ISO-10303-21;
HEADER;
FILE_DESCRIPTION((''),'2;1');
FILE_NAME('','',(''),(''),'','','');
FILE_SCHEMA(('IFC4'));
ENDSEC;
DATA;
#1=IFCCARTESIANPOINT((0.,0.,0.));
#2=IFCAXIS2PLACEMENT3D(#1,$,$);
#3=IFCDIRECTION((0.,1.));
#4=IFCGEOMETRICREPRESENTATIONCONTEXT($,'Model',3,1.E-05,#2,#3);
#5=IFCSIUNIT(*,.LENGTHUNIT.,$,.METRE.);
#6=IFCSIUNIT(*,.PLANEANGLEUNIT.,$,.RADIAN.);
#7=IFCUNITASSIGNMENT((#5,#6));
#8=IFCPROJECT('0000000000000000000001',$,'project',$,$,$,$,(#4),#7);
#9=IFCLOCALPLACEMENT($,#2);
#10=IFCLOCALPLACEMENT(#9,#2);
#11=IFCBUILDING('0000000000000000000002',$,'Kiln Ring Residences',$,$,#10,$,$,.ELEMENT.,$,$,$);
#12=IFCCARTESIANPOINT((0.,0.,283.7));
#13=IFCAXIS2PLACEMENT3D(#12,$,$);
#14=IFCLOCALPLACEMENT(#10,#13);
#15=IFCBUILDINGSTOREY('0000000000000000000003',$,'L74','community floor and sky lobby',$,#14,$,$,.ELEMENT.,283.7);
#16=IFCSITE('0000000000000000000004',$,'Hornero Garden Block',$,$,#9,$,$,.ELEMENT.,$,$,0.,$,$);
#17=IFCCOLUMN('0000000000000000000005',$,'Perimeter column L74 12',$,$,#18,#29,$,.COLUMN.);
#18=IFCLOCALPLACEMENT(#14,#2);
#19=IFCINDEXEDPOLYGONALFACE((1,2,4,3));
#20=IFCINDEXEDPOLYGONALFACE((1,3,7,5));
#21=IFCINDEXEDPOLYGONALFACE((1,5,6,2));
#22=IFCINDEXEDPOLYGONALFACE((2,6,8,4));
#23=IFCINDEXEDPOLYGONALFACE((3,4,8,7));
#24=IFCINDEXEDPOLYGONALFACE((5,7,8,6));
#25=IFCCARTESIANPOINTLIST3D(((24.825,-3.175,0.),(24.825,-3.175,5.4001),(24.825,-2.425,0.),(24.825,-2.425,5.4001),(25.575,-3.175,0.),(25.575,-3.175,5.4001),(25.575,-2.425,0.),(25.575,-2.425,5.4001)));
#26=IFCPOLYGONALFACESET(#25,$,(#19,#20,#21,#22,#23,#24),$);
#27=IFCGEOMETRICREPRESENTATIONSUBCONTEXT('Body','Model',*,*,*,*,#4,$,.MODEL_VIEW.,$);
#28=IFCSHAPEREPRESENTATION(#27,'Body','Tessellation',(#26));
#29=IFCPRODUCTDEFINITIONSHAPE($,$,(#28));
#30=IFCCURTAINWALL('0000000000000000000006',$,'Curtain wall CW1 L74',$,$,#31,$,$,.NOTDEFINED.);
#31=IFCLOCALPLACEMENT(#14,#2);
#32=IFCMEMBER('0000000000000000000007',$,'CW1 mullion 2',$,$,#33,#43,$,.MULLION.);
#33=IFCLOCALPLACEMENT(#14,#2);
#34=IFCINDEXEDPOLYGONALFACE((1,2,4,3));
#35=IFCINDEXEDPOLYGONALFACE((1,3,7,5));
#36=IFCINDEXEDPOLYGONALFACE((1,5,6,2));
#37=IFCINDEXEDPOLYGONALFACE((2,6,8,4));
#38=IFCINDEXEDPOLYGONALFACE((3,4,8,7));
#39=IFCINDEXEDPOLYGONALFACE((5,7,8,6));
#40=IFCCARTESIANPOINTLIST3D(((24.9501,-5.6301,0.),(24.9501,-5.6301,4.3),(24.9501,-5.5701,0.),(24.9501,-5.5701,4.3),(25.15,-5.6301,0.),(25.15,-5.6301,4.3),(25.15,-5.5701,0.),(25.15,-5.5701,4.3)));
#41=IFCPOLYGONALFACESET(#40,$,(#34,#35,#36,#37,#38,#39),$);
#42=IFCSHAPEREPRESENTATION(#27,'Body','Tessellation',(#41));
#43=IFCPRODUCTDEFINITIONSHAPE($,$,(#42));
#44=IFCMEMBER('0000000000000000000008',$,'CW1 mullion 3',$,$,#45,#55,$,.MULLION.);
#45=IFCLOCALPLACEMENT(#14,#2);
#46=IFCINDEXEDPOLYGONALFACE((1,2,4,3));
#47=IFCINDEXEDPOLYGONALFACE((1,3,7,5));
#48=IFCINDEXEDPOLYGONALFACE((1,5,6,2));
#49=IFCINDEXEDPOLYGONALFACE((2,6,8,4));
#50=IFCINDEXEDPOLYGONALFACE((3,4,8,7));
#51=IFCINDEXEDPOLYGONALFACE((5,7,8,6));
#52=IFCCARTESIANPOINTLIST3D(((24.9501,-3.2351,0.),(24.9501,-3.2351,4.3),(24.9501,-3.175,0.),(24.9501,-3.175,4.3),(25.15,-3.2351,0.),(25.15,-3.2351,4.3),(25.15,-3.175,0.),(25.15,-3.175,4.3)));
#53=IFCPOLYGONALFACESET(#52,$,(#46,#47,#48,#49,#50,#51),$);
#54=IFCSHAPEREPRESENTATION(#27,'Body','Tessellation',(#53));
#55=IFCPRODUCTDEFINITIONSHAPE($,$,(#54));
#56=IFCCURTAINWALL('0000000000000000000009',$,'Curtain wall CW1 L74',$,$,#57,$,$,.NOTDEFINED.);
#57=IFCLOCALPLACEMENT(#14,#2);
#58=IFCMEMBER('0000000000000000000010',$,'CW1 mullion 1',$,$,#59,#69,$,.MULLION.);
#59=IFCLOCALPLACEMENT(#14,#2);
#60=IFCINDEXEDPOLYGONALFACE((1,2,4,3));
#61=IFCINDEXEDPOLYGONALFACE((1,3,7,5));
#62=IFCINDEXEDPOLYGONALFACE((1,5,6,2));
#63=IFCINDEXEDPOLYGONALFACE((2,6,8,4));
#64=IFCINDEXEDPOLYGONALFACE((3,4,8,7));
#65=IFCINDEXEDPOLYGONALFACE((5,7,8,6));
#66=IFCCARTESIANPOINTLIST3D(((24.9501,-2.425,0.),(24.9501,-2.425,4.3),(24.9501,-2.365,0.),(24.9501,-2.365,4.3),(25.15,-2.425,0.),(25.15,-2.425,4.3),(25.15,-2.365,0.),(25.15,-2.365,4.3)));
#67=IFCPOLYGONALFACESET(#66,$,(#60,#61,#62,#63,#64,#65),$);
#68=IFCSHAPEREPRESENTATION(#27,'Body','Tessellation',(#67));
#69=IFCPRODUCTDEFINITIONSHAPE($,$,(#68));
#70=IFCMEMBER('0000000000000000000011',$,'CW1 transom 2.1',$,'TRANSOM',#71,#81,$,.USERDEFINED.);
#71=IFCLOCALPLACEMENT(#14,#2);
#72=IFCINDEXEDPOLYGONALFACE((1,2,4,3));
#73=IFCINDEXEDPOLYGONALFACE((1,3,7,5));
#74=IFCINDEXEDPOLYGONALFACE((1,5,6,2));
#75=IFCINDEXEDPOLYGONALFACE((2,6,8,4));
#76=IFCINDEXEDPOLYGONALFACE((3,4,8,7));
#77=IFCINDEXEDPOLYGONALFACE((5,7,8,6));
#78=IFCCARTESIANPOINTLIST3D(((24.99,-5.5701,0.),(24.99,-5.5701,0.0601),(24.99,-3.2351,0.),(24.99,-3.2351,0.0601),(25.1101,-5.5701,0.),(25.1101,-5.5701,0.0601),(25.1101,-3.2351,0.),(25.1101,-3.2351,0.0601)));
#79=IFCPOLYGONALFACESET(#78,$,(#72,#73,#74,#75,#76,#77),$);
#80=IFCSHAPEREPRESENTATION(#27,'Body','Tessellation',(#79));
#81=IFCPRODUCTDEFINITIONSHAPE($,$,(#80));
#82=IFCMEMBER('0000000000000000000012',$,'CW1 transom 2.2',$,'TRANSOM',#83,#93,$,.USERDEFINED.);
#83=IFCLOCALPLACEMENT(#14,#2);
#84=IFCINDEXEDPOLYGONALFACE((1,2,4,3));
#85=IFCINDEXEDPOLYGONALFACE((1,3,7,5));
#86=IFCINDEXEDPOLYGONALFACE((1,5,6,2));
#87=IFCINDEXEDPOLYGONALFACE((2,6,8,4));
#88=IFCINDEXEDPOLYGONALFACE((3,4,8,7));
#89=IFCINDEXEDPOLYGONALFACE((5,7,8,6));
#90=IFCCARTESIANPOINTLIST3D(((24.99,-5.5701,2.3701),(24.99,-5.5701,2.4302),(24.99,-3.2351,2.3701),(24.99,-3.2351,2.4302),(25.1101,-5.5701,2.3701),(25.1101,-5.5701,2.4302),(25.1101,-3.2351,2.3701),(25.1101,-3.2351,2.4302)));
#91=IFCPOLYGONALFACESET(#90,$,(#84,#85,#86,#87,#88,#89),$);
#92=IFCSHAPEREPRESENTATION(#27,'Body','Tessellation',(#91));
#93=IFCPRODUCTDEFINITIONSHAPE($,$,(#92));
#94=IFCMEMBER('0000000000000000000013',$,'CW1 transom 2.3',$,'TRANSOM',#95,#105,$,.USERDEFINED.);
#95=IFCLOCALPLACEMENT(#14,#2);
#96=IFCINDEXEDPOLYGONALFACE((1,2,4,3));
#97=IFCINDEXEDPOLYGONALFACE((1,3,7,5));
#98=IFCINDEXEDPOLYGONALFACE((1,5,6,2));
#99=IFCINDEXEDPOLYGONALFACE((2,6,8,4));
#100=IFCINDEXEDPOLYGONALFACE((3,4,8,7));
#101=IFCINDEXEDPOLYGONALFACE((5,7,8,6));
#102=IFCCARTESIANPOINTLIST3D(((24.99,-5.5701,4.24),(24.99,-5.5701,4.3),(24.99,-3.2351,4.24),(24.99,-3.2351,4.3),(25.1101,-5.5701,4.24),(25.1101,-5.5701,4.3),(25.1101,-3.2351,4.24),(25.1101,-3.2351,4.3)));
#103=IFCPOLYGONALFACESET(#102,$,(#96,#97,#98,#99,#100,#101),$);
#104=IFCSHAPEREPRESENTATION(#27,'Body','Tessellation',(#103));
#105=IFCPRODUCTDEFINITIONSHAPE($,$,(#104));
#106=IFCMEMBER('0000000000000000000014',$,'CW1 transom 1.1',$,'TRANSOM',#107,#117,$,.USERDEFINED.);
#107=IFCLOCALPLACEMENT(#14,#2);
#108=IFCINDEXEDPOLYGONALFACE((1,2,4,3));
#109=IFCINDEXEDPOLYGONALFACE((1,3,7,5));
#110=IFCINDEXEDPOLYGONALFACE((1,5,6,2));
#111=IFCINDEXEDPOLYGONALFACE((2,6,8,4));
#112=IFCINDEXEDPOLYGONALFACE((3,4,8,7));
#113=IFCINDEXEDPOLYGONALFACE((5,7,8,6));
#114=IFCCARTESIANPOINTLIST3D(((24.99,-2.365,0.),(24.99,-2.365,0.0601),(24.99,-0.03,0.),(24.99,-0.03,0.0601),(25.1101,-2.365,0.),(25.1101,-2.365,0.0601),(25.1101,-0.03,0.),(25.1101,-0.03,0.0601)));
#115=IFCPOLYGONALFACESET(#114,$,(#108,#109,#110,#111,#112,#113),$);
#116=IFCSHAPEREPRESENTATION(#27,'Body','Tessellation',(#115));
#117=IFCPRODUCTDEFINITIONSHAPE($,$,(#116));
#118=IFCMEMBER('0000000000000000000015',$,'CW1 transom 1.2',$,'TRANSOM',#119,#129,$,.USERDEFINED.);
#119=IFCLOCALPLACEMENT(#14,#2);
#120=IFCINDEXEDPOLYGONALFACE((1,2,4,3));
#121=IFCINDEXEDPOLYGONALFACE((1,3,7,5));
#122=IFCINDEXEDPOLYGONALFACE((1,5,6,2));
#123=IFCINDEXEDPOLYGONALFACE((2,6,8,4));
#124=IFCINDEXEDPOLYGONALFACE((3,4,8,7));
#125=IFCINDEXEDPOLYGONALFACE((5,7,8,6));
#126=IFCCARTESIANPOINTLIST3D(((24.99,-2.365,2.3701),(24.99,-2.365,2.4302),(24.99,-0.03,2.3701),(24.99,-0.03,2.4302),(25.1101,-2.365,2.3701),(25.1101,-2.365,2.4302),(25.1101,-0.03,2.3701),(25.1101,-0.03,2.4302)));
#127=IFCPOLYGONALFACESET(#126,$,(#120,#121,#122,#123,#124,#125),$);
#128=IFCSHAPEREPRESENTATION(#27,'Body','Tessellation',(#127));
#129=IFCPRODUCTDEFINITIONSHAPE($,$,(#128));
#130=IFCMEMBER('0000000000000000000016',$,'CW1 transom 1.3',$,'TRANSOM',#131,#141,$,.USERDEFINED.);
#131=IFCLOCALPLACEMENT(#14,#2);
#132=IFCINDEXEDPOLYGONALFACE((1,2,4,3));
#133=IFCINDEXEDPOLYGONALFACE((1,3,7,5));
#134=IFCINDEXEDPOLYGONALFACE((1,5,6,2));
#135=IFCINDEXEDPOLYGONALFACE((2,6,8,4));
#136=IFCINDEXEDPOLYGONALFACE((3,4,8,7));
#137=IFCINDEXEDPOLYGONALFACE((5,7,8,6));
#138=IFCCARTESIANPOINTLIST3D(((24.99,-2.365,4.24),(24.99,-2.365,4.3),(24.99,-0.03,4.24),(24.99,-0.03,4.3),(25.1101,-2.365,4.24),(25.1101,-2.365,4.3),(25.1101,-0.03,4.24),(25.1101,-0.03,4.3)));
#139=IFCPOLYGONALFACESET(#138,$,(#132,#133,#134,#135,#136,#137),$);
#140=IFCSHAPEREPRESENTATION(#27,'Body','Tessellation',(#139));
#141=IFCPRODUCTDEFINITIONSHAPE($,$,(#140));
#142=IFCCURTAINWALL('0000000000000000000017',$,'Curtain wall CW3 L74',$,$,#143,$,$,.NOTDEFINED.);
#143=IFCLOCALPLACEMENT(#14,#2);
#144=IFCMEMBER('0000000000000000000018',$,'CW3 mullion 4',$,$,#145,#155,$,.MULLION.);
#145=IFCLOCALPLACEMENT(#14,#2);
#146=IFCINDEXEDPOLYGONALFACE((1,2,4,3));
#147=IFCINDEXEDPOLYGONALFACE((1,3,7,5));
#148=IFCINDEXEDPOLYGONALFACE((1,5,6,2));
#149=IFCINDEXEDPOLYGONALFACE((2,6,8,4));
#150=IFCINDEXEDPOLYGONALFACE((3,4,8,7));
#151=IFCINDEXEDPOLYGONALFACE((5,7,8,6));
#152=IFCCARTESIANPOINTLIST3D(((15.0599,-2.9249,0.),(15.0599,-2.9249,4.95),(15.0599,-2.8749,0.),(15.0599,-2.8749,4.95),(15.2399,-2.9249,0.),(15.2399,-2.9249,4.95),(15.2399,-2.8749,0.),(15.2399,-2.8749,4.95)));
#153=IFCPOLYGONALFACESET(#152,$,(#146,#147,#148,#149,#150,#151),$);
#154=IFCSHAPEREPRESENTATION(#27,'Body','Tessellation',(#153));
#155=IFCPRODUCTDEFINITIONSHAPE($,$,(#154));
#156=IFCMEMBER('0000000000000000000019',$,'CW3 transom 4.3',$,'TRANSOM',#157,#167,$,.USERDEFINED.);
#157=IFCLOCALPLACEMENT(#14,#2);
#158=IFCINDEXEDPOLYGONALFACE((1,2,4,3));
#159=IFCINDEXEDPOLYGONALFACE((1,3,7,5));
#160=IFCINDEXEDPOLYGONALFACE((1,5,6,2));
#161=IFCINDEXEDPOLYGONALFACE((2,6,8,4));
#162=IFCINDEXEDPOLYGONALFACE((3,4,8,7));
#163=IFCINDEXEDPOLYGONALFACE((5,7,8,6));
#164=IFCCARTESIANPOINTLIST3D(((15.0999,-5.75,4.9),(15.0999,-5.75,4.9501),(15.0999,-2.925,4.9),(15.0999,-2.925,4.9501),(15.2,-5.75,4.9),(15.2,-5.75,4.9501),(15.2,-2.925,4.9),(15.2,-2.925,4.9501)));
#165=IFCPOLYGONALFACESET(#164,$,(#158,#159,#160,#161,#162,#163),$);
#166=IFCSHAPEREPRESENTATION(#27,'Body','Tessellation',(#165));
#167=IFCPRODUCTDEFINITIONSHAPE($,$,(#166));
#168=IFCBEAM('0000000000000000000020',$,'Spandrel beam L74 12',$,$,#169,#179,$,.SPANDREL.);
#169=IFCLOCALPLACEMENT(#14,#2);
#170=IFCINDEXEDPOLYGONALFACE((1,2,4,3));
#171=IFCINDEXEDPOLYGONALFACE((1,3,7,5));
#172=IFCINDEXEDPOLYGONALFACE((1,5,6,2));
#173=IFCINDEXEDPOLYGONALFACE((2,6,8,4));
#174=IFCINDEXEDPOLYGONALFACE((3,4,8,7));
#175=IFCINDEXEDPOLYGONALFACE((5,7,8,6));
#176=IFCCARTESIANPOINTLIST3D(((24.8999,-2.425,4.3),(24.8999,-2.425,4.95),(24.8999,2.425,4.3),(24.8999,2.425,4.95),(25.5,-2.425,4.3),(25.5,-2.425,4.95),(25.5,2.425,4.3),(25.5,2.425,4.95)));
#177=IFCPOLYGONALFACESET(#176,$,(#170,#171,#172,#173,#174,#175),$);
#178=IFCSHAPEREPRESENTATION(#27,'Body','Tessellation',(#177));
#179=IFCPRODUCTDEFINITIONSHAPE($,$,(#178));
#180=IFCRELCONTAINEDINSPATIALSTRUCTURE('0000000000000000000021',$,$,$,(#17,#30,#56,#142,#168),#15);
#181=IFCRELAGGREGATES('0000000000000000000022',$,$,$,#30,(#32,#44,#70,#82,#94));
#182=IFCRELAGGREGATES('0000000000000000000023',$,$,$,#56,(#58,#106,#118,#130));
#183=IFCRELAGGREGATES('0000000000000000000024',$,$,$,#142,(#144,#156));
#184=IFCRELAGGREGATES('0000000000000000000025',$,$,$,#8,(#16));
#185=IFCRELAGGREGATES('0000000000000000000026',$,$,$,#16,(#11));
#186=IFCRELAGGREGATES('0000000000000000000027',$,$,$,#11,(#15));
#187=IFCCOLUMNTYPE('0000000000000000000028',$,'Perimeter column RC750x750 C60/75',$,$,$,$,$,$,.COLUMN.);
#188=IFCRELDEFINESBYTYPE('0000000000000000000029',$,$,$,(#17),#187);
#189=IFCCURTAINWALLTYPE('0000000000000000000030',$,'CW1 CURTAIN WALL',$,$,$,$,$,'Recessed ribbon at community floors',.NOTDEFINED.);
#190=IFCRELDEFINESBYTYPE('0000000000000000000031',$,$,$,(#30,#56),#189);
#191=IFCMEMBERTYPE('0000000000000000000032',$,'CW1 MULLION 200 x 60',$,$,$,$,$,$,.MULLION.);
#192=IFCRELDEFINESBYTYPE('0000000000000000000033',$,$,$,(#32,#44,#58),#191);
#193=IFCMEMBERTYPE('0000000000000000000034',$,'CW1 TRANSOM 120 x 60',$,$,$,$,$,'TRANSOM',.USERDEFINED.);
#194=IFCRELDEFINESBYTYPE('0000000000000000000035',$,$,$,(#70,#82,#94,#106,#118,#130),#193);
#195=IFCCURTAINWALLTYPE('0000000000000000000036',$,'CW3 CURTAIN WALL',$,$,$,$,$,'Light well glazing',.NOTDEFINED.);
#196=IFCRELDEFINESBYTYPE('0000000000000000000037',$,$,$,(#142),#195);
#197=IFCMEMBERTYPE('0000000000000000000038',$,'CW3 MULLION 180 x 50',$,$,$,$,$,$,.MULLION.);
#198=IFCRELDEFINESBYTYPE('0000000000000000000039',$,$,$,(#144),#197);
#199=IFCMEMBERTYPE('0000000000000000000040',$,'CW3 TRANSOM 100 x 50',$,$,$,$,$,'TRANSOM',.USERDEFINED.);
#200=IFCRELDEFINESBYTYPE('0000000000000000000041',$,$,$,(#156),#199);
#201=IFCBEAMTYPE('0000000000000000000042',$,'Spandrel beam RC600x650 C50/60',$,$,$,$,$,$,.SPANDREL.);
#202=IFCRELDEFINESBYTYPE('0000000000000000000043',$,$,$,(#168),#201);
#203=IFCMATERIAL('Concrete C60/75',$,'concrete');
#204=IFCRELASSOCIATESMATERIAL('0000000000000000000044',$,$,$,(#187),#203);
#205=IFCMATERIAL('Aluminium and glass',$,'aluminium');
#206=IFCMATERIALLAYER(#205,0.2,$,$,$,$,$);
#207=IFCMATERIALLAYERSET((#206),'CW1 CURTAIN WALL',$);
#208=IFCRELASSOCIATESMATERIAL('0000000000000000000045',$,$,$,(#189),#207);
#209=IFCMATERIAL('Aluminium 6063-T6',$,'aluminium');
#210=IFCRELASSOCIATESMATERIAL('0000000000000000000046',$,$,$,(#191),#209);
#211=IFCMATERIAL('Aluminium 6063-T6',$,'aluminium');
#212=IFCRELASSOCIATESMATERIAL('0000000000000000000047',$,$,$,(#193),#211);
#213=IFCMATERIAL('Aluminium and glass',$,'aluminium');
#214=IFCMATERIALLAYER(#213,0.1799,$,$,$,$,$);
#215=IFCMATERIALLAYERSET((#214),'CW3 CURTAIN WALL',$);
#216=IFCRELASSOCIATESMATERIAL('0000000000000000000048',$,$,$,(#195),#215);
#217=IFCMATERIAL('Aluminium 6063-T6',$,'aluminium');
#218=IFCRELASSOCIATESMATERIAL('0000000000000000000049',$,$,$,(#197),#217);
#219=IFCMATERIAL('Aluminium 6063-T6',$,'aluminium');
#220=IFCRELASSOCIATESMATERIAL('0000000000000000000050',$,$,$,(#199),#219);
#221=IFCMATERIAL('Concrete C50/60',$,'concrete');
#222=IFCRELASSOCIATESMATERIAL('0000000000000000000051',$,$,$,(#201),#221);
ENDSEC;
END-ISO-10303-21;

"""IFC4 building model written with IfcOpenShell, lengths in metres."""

from ifc_helpers import new_model, si_unit, direction, frame, origin, origin_2d, place, context, subcontext, project, spatial, rectangle, extrude, material, layer, layer_set, material_profile, profile_set, type_object, element, aggregate, save


model = new_model("IFC4")

# Units and contexts
model_context = context("Model", 3, precision=1e-05, world=origin(), true_north=direction((0.0, 1.0)))
body_context = subcontext(model_context, "Body", "Model", "MODEL_VIEW")
ifc_project = project(units=[si_unit("LENGTHUNIT", "METRE"), si_unit("PLANEANGLEUNIT", "RADIAN")], contexts=[model_context])

# Site, building, storey
site_placement = place(None, origin())
site = spatial("IfcSite", under=ifc_project, at=site_placement, Name="Hornero Garden Block", CompositionType="ELEMENT", RefElevation=0.0)
building_placement = place(site_placement, origin())
building = spatial("IfcBuilding", under=site, at=building_placement, Name="Kiln Ring Residences", CompositionType="ELEMENT")
storey_placement = place(building_placement, frame((0.0, 0.0, 283.7)))
storey = spatial("IfcBuildingStorey", under=building, at=storey_placement, Name="L74", Description="community floor and sky lobby", CompositionType="ELEMENT", Elevation=283.7)

# Column
ifc_material_1 = material(Name="Concrete C60/75", Category="concrete")
ifc_material_profile_1 = material_profile(ifc_material_1, rectangle(XDim=0.75, YDim=0.75, at=origin_2d()), Name="RC750x750")
ifc_profile_set_1 = profile_set([ifc_material_profile_1], Name="Concrete C60/75")
column_type = type_object("IfcColumnType", Name="Perimeter column RC750x750 C60/75", PredefinedType="COLUMN", material=ifc_profile_set_1)
column_placement = place(storey_placement, frame((25.2, -2.8, 0.0), z_axis=(0.0, 0.0, 1.0), x_axis=(1.0, 0.0, 0.0)))
element("IfcColumn", 1, at=column_placement, inside=storey, type_object=column_type, Name="Perimeter column L74 12", PredefinedType="COLUMN", context=body_context, shape_type="SweptSolid", body=[
    extrude(rectangle(XDim=0.75, YDim=0.75, at=origin_2d()), origin(), (0.0, 0.0, 1.0), 5.4001),
])

# Curtain wall, members
ifc_material_2 = material(Name="Aluminium and glass", Category="aluminium")
ifc_layer_1 = layer(ifc_material_2, 0.2)
ifc_layer_set_1 = layer_set([ifc_layer_1], Name="CW1 CURTAIN WALL")
curtain_wall_type_1 = type_object("IfcCurtainWallType", Name="CW1 CURTAIN WALL", ElementType="Recessed ribbon at community floors", PredefinedType="NOTDEFINED", material=ifc_layer_set_1)
placement = place(storey_placement, origin())
curtain_wall_1 = element("IfcCurtainWall", 2, at=placement, inside=storey, type_object=curtain_wall_type_1, Name="Curtain wall CW1 L74", PredefinedType="NOTDEFINED")
ifc_material_3 = material(Name="Aluminium 6063-T6", Category="aluminium")
ifc_material_profile_2 = material_profile(ifc_material_3, rectangle(XDim=0.2, YDim=0.0601, at=origin_2d()), Name="AL 200x60")
ifc_profile_set_2 = profile_set([ifc_material_profile_2], Name="Aluminium 6063-T6")
member_type_1 = type_object("IfcMemberType", Name="CW1 MULLION 200 x 60", PredefinedType="MULLION", material=ifc_profile_set_2)
member_1_placement = place(storey_placement, frame((25.05, -5.6001, 0.0), z_axis=(0.0, 0.0, 1.0), x_axis=(-1.0, 0.0, 0.0)))
member_1 = element("IfcMember", 3, at=member_1_placement, type_object=member_type_1, Name="CW1 mullion 2", PredefinedType="MULLION", context=body_context, shape_type="SweptSolid", body=[
    extrude(rectangle(XDim=0.2, YDim=0.0601, at=origin_2d()), origin(), (0.0, 0.0, 1.0), 4.3),
])
member_2_placement = place(storey_placement, frame((25.05, -3.2051, 0.0), z_axis=(0.0, 0.0, 1.0), x_axis=(-1.0, 0.0, 0.0)))
member_2 = element("IfcMember", 4, at=member_2_placement, type_object=member_type_1, Name="CW1 mullion 3", PredefinedType="MULLION", context=body_context, shape_type="SweptSolid", body=[
    extrude(rectangle(XDim=0.2, YDim=0.0601, at=origin_2d()), origin(), (0.0, 0.0, 1.0), 4.3),
])

# Curtain wall, member
curtain_wall_2 = element("IfcCurtainWall", 5, at=placement, inside=storey, type_object=curtain_wall_type_1, Name="Curtain wall CW1 L74", PredefinedType="NOTDEFINED")
member_3_placement = place(storey_placement, frame((25.05, -2.395, 0.0), z_axis=(0.0, 0.0, 1.0), x_axis=(-1.0, 0.0, 0.0)))
member_3 = element("IfcMember", 6, at=member_3_placement, type_object=member_type_1, Name="CW1 mullion 1", PredefinedType="MULLION", context=body_context, shape_type="SweptSolid", body=[
    extrude(rectangle(XDim=0.2, YDim=0.0601, at=origin_2d()), origin(), (0.0, 0.0, 1.0), 4.3),
])

# Members
ifc_material_4 = material(Name="Aluminium 6063-T6", Category="aluminium")
ifc_material_profile_3 = material_profile(ifc_material_4, rectangle(XDim=0.1201, YDim=0.0601, at=origin_2d()), Name="AL 120x60")
ifc_profile_set_3 = profile_set([ifc_material_profile_3], Name="Aluminium 6063-T6")
member_type_2 = type_object("IfcMemberType", Name="CW1 TRANSOM 120 x 60", ElementType="TRANSOM", PredefinedType="USERDEFINED", material=ifc_profile_set_3)
member_4_placement = place(storey_placement, frame((25.05, -5.5701, 0.03), z_axis=(0.0, 1.0, 0.0), x_axis=(-1.0, 0.0, 0.0)))
member_4 = element("IfcMember", 7, at=member_4_placement, type_object=member_type_2, Name="CW1 transom 2.1", ObjectType="TRANSOM", PredefinedType="USERDEFINED", context=body_context, shape_type="SweptSolid", body=[
    extrude(rectangle(XDim=0.1201, YDim=0.0601, at=origin_2d()), origin(), (0.0, 0.0, 1.0), 2.335),
])
member_5_placement = place(storey_placement, frame((25.05, -5.5701, 2.4001), z_axis=(0.0, 1.0, 0.0), x_axis=(-1.0, 0.0, 0.0)))
member_5 = element("IfcMember", 8, at=member_5_placement, type_object=member_type_2, Name="CW1 transom 2.2", ObjectType="TRANSOM", PredefinedType="USERDEFINED", context=body_context, shape_type="SweptSolid", body=[
    extrude(rectangle(XDim=0.1201, YDim=0.0601, at=origin_2d()), origin(), (0.0, 0.0, 1.0), 2.335),
])
member_6_placement = place(storey_placement, frame((25.05, -5.5701, 4.27), z_axis=(0.0, 1.0, 0.0), x_axis=(-1.0, 0.0, 0.0)))
member_6 = element("IfcMember", 9, at=member_6_placement, type_object=member_type_2, Name="CW1 transom 2.3", ObjectType="TRANSOM", PredefinedType="USERDEFINED", context=body_context, shape_type="SweptSolid", body=[
    extrude(rectangle(XDim=0.1201, YDim=0.0601, at=origin_2d()), origin(), (0.0, 0.0, 1.0), 2.335),
])
member_7_placement = place(storey_placement, frame((25.05, -2.365, 0.03), z_axis=(0.0, 1.0, 0.0), x_axis=(-1.0, 0.0, 0.0)))
member_7 = element("IfcMember", 10, at=member_7_placement, type_object=member_type_2, Name="CW1 transom 1.1", ObjectType="TRANSOM", PredefinedType="USERDEFINED", context=body_context, shape_type="SweptSolid", body=[
    extrude(rectangle(XDim=0.1201, YDim=0.0601, at=origin_2d()), origin(), (0.0, 0.0, 1.0), 2.335),
])
member_8_placement = place(storey_placement, frame((25.05, -2.365, 2.4001), z_axis=(0.0, 1.0, 0.0), x_axis=(-1.0, 0.0, 0.0)))
member_8 = element("IfcMember", 11, at=member_8_placement, type_object=member_type_2, Name="CW1 transom 1.2", ObjectType="TRANSOM", PredefinedType="USERDEFINED", context=body_context, shape_type="SweptSolid", body=[
    extrude(rectangle(XDim=0.1201, YDim=0.0601, at=origin_2d()), origin(), (0.0, 0.0, 1.0), 2.335),
])
member_9_placement = place(storey_placement, frame((25.05, -2.365, 4.27), z_axis=(0.0, 1.0, 0.0), x_axis=(-1.0, 0.0, 0.0)))
member_9 = element("IfcMember", 12, at=member_9_placement, type_object=member_type_2, Name="CW1 transom 1.3", ObjectType="TRANSOM", PredefinedType="USERDEFINED", context=body_context, shape_type="SweptSolid", body=[
    extrude(rectangle(XDim=0.1201, YDim=0.0601, at=origin_2d()), origin(), (0.0, 0.0, 1.0), 2.335),
])

# Curtain wall, members
ifc_material_5 = material(Name="Aluminium and glass", Category="aluminium")
ifc_layer_2 = layer(ifc_material_5, 0.1799)
ifc_layer_set_2 = layer_set([ifc_layer_2], Name="CW3 CURTAIN WALL")
curtain_wall_type_2 = type_object("IfcCurtainWallType", Name="CW3 CURTAIN WALL", ElementType="Light well glazing", PredefinedType="NOTDEFINED", material=ifc_layer_set_2)
curtain_wall_3 = element("IfcCurtainWall", 13, at=placement, inside=storey, type_object=curtain_wall_type_2, Name="Curtain wall CW3 L74", PredefinedType="NOTDEFINED")
ifc_material_6 = material(Name="Aluminium 6063-T6", Category="aluminium")
ifc_material_profile_4 = material_profile(ifc_material_6, rectangle(XDim=0.1799, YDim=0.05, at=origin_2d()), Name="AL 180x50")
ifc_profile_set_4 = profile_set([ifc_material_profile_4], Name="Aluminium 6063-T6")
member_type_3 = type_object("IfcMemberType", Name="CW3 MULLION 180 x 50", PredefinedType="MULLION", material=ifc_profile_set_4)
member_10_placement = place(storey_placement, frame((15.1499, -2.8999, 0.0), z_axis=(0.0, 0.0, 1.0), x_axis=(1.0, 0.0, 0.0)))
member_10 = element("IfcMember", 14, at=member_10_placement, type_object=member_type_3, Name="CW3 mullion 4", PredefinedType="MULLION", context=body_context, shape_type="SweptSolid", body=[
    extrude(rectangle(XDim=0.1799, YDim=0.05, at=origin_2d()), origin(), (0.0, 0.0, 1.0), 4.95),
])
ifc_material_7 = material(Name="Aluminium 6063-T6", Category="aluminium")
ifc_material_profile_5 = material_profile(ifc_material_7, rectangle(XDim=0.1001, YDim=0.05, at=origin_2d()), Name="AL 100x50")
ifc_profile_set_5 = profile_set([ifc_material_profile_5], Name="Aluminium 6063-T6")
member_type_4 = type_object("IfcMemberType", Name="CW3 TRANSOM 100 x 50", ElementType="TRANSOM", PredefinedType="USERDEFINED", material=ifc_profile_set_5)
member_11_placement = place(storey_placement, frame((15.1499, -2.925, 4.925), z_axis=(0.0, -1.0, 0.0), x_axis=(1.0, 0.0, 0.0)))
member_11 = element("IfcMember", 15, at=member_11_placement, type_object=member_type_4, Name="CW3 transom 4.3", ObjectType="TRANSOM", PredefinedType="USERDEFINED", context=body_context, shape_type="SweptSolid", body=[
    extrude(rectangle(XDim=0.1001, YDim=0.05, at=origin_2d()), origin(), (0.0, 0.0, 1.0), 2.825),
])

# Beam
ifc_material_8 = material(Name="Concrete C50/60", Category="concrete")
ifc_material_profile_6 = material_profile(ifc_material_8, rectangle(XDim=0.6001, YDim=0.6499, at=origin_2d()), Name="RC600x650")
ifc_profile_set_6 = profile_set([ifc_material_profile_6], Name="Concrete C50/60")
beam_type = type_object("IfcBeamType", Name="Spandrel beam RC600x650 C50/60", PredefinedType="SPANDREL", material=ifc_profile_set_6)
beam_placement = place(storey_placement, frame((25.2, -2.425, 4.625), z_axis=(0.0, 1.0, 0.0), x_axis=(-1.0, 0.0, 0.0)))
element("IfcBeam", 16, at=beam_placement, inside=storey, type_object=beam_type, Name="Spandrel beam L74 12", PredefinedType="SPANDREL", context=body_context, shape_type="SweptSolid", body=[
    extrude(rectangle(XDim=0.6001, YDim=0.6499, at=origin_2d()), origin(), (0.0, 0.0, 1.0), 4.8501),
])

aggregate(curtain_wall_1, [member_1, member_2, member_4, member_5, member_6])
aggregate(curtain_wall_2, [member_3, member_7, member_8, member_9])
aggregate(curtain_wall_3, [member_10, member_11])

save(model, "model.ifc")
